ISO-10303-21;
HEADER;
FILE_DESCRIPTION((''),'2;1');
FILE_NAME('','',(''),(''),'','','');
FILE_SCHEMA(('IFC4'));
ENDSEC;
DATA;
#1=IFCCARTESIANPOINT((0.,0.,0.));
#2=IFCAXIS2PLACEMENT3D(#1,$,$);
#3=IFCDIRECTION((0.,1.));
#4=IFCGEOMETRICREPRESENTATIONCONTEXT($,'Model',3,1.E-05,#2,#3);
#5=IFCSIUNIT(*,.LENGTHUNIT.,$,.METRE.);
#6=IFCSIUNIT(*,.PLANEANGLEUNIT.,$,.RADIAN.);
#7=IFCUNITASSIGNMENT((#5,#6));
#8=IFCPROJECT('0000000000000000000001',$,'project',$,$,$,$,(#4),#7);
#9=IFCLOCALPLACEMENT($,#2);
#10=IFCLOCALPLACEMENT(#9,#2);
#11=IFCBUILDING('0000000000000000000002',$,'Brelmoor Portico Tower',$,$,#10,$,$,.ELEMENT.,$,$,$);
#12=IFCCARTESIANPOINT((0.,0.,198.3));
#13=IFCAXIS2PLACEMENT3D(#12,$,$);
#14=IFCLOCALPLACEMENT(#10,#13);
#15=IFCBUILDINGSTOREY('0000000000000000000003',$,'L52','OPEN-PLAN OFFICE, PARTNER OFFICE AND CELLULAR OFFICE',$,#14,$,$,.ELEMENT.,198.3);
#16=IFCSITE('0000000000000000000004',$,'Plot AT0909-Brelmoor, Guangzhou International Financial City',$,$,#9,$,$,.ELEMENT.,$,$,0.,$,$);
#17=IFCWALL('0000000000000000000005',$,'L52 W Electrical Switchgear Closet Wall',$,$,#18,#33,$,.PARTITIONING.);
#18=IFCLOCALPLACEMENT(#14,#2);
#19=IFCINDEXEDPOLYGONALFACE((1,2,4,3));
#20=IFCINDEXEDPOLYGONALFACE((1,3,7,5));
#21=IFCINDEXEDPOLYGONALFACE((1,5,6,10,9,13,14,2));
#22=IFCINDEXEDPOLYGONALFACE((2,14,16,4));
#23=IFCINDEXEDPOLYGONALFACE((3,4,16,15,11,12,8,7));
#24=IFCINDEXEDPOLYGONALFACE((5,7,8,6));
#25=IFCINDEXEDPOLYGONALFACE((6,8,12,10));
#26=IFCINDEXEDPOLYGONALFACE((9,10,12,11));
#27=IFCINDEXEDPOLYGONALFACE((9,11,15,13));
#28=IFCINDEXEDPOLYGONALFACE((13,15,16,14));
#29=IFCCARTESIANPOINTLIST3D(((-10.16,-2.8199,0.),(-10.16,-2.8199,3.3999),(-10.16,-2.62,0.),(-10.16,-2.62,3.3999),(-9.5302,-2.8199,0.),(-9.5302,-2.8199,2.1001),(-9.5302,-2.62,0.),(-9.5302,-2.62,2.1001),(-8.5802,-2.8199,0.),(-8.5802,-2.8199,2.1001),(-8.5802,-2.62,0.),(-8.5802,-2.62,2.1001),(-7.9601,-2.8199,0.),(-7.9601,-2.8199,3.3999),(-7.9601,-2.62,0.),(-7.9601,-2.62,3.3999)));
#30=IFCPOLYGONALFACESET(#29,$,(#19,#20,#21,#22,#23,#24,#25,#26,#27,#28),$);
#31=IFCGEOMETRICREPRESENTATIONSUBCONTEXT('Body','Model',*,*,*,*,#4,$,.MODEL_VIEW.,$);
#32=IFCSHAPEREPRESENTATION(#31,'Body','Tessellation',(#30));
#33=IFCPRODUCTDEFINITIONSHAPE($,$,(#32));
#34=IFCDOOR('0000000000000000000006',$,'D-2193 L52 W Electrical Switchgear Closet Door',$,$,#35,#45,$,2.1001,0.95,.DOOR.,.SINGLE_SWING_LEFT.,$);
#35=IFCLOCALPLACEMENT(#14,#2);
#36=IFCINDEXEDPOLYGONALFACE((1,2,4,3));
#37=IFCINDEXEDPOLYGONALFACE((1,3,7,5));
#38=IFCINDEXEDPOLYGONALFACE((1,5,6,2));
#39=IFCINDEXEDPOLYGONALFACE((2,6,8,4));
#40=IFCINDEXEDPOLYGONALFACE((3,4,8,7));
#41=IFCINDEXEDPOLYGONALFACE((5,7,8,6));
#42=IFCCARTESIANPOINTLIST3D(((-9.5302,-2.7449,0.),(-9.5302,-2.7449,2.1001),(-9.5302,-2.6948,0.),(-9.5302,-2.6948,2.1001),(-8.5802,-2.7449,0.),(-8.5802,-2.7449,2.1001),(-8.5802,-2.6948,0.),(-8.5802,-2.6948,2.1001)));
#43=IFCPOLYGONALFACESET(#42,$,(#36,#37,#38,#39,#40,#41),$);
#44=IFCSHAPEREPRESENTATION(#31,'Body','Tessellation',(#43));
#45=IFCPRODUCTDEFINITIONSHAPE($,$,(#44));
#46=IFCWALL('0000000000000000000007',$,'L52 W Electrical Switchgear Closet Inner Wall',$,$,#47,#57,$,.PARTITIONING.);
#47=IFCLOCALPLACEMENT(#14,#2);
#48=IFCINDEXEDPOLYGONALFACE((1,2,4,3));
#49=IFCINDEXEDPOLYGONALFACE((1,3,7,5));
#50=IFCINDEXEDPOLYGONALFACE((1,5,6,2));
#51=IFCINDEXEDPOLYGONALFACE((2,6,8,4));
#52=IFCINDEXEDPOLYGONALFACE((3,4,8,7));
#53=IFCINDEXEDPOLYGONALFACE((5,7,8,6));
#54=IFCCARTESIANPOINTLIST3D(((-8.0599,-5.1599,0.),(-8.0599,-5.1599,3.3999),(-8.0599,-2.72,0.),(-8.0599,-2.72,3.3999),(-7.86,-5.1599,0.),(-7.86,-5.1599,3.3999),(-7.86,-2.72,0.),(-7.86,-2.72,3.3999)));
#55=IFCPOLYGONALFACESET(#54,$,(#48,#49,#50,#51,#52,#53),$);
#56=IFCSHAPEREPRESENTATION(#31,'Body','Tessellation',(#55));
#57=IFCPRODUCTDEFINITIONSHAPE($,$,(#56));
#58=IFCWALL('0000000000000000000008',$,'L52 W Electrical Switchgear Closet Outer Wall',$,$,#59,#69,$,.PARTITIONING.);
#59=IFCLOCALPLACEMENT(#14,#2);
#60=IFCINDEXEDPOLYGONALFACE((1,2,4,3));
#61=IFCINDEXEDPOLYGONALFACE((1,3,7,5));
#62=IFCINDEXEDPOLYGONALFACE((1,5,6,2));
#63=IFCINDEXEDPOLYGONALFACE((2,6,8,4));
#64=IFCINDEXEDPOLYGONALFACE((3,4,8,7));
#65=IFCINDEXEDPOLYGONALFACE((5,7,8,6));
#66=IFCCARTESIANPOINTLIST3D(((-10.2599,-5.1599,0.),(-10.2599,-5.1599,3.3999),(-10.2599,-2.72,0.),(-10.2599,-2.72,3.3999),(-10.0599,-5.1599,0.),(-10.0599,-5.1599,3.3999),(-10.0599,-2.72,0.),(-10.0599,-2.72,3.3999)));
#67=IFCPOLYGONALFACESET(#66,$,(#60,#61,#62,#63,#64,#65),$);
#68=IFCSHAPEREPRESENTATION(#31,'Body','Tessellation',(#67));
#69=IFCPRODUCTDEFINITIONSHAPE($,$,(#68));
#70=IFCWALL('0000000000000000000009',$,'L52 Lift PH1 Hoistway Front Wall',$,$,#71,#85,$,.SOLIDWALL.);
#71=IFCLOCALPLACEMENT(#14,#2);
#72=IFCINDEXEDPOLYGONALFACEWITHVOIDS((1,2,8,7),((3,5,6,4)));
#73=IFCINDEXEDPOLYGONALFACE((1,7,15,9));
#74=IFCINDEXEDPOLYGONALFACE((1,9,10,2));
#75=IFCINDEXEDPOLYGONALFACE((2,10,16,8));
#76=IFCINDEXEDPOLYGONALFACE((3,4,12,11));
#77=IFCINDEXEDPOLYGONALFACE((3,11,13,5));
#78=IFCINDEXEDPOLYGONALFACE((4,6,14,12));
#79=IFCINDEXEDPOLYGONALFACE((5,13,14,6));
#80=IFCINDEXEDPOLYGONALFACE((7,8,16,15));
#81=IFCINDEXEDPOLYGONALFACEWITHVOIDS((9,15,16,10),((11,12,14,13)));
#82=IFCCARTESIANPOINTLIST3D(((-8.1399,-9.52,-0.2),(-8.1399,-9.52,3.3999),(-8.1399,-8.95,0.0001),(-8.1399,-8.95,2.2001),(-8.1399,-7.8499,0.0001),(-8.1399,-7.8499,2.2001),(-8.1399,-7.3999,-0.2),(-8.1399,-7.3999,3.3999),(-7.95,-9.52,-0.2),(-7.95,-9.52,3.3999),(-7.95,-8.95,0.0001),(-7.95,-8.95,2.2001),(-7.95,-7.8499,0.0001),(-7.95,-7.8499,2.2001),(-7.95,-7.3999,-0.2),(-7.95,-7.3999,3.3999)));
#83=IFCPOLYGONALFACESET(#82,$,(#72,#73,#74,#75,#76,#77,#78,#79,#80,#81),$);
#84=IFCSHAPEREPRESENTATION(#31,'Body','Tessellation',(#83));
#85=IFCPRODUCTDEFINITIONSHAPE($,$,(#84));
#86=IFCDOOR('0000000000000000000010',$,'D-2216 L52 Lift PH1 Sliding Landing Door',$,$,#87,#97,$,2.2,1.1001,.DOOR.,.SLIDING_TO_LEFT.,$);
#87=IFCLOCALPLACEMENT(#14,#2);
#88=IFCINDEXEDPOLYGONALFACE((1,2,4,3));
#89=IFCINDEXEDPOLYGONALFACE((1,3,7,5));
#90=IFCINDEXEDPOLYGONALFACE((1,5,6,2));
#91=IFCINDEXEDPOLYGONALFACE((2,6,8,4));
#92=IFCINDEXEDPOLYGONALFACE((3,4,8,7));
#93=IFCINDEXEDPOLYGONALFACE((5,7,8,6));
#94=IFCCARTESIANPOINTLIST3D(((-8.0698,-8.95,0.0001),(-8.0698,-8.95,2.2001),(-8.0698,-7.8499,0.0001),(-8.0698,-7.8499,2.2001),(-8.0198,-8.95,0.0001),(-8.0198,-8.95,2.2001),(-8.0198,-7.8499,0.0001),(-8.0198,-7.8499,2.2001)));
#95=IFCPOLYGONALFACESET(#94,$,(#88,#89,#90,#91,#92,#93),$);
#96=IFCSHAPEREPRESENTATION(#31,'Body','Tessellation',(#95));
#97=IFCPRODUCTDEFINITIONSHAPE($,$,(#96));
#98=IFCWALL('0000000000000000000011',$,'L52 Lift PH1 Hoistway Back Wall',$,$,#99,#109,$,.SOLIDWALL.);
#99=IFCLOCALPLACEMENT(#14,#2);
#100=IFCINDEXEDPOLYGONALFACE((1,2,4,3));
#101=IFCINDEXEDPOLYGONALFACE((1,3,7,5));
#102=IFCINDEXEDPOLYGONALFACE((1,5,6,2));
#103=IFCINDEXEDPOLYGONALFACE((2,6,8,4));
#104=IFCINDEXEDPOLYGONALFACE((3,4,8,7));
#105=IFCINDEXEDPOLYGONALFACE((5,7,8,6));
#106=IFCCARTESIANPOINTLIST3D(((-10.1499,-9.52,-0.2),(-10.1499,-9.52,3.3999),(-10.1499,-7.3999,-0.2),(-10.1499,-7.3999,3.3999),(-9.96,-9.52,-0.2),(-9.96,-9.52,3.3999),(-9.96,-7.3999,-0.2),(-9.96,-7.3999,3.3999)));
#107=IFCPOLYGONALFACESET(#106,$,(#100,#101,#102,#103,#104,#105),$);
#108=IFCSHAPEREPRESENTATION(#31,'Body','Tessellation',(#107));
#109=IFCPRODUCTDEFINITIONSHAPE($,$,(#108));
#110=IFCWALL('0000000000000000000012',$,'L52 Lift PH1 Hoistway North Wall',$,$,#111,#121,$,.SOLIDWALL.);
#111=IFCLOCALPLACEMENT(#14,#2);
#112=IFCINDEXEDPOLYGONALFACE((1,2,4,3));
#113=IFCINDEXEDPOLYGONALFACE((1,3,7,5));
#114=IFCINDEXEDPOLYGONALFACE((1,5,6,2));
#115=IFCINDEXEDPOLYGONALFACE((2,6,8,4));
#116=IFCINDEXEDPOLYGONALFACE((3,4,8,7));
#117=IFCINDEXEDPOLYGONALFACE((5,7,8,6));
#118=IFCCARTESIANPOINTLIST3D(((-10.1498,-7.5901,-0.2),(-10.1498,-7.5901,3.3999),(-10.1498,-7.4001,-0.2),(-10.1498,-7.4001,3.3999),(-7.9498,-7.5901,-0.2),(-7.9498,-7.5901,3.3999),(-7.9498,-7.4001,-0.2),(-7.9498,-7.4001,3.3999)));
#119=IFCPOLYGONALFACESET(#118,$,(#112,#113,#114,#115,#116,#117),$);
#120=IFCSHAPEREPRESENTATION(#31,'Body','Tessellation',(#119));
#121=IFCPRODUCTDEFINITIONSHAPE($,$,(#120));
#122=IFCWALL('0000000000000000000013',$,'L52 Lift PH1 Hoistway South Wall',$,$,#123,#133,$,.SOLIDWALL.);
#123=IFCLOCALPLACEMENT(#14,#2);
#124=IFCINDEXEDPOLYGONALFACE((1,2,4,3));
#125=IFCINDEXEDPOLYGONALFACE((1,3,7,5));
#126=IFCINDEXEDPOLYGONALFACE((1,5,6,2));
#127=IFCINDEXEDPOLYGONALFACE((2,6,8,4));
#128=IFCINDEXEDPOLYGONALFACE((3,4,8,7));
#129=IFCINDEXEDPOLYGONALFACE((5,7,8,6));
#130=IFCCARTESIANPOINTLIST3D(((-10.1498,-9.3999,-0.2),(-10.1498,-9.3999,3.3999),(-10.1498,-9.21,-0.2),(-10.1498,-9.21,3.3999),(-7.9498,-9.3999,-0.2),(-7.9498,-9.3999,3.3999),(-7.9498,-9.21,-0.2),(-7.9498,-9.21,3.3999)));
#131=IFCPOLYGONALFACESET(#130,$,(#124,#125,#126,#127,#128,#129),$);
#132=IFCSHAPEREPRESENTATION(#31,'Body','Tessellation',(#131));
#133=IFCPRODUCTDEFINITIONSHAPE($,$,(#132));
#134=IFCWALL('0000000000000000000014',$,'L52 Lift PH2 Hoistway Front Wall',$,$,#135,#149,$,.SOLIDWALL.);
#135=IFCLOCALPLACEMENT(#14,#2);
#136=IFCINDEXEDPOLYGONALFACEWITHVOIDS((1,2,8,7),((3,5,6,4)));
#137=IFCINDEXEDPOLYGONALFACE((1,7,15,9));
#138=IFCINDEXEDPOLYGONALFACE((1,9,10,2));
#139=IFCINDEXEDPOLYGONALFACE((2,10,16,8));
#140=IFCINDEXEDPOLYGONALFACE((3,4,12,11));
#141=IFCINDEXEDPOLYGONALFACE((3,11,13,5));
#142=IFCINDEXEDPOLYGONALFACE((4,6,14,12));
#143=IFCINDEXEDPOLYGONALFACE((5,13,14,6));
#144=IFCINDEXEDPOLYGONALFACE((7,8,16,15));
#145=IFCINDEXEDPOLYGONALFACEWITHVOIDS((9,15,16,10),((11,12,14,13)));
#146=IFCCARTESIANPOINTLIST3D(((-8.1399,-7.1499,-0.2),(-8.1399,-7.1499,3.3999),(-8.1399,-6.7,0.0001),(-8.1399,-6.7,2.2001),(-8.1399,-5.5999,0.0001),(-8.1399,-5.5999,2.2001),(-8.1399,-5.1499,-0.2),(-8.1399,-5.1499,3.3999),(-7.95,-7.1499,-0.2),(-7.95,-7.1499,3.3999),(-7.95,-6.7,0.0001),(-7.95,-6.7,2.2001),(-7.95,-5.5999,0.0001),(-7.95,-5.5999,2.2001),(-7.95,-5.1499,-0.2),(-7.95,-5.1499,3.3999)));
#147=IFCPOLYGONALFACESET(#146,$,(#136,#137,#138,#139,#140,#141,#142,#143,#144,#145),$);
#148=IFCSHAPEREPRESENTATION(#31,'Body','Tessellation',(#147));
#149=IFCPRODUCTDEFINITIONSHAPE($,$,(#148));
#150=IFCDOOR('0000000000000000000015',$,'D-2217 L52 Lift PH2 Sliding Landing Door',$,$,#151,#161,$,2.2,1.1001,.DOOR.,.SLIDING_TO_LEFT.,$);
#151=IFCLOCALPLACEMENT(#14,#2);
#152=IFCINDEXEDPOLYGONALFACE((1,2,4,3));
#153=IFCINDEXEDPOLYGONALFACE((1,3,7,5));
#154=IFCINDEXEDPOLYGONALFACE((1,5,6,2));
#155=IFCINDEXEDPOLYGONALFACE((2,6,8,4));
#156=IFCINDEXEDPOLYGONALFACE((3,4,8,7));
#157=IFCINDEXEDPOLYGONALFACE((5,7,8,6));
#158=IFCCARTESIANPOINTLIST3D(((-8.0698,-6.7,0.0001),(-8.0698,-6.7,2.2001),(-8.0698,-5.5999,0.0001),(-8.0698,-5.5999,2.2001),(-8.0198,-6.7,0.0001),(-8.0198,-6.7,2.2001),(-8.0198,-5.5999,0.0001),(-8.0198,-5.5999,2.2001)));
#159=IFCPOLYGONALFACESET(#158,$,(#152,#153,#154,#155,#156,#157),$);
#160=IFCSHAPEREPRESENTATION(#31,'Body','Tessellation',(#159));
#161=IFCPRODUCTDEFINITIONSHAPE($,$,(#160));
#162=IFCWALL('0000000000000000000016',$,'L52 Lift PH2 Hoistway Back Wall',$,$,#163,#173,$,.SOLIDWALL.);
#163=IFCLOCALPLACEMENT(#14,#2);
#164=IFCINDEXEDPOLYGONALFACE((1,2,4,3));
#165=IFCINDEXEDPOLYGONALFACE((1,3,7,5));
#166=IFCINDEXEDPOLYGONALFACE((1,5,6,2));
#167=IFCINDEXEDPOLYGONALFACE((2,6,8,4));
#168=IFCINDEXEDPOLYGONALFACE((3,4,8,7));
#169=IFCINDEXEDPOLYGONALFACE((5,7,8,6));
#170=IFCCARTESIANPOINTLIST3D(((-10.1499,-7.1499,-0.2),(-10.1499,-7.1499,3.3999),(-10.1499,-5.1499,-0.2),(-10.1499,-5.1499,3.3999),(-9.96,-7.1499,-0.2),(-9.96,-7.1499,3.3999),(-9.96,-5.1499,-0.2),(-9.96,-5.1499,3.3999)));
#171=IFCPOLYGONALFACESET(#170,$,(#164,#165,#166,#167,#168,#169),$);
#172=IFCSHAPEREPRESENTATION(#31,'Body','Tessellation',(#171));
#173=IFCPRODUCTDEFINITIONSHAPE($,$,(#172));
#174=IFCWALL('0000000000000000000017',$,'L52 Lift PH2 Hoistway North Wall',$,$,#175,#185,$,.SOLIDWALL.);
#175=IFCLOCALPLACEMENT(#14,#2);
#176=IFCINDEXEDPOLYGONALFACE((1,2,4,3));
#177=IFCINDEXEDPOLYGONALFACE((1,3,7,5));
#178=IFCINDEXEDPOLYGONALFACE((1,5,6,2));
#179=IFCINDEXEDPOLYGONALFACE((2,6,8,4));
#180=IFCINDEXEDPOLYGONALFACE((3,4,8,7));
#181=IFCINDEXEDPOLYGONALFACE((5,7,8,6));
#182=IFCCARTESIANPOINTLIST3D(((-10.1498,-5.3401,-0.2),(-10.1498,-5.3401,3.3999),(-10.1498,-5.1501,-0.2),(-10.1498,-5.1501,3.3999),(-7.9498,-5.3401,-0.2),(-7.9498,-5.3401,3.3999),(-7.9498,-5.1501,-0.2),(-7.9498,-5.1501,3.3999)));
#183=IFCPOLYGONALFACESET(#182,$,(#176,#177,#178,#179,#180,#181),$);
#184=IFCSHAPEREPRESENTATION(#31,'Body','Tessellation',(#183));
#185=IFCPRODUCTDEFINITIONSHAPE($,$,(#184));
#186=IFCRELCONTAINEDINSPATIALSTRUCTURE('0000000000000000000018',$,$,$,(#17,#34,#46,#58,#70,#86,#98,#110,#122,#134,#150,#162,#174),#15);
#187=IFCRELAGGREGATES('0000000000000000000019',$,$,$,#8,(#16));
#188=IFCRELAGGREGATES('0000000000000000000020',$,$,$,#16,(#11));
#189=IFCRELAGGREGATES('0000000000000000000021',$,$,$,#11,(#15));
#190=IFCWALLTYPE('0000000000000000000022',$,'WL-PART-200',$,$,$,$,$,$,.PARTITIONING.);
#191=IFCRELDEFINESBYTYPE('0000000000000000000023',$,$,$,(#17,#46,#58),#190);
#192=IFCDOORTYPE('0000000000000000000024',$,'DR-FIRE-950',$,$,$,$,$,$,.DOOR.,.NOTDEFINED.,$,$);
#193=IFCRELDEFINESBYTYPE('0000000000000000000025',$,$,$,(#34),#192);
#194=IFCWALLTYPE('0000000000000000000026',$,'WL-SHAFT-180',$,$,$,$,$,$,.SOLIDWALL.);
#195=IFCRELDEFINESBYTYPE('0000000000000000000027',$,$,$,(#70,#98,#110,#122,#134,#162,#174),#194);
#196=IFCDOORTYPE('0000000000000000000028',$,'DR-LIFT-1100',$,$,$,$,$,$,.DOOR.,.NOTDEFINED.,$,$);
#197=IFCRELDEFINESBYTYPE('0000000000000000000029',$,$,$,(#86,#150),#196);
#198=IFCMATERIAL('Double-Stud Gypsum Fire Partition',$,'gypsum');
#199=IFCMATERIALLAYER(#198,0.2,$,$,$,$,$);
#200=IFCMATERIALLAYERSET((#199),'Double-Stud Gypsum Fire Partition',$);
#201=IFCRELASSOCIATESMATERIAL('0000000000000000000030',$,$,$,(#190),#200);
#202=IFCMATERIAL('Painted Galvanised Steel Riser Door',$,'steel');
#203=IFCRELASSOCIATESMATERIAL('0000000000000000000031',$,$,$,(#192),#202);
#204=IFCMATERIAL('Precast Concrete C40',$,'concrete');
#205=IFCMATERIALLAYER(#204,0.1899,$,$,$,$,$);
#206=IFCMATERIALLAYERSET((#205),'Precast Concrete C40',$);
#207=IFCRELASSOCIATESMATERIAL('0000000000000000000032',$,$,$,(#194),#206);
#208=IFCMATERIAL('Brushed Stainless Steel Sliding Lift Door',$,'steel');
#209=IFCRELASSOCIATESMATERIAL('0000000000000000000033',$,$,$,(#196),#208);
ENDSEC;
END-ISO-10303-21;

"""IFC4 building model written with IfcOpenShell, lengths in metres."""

from ifc_helpers import new_model, si_unit, direction, frame, frame_2d, origin, place, context, subcontext, project, spatial, rectangle, extrude, material, layer, layer_set, type_object, element, fill, save


model = new_model("IFC4")

# Units and contexts
model_context = context("Model", 3, precision=1e-05, world=origin(), true_north=direction((0.0, 1.0)))
body_context = subcontext(model_context, "Body", "Model", "MODEL_VIEW")
ifc_project = project(units=[si_unit("LENGTHUNIT", "METRE"), si_unit("PLANEANGLEUNIT", "RADIAN")], contexts=[model_context])

# Site, building, storey
site_placement = place(None, origin())
site = spatial("IfcSite", under=ifc_project, at=site_placement, Name="Plot AT0909-Brelmoor, Guangzhou International Financial City", CompositionType="ELEMENT", RefElevation=0.0)
building_placement = place(site_placement, origin())
building = spatial("IfcBuilding", under=site, at=building_placement, Name="Brelmoor Portico Tower", CompositionType="ELEMENT")
storey_placement = place(building_placement, frame((0.0, 0.0, 198.3)))
storey = spatial("IfcBuildingStorey", under=building, at=storey_placement, Name="L52", Description="OPEN-PLAN OFFICE, PARTNER OFFICE AND CELLULAR OFFICE", CompositionType="ELEMENT", Elevation=198.3)

# Shared definitions
ifc_material_1 = material(Name="Double-Stud Gypsum Fire Partition", Category="gypsum")
ifc_layer_1 = layer(ifc_material_1, 0.2)
ifc_layer_set_1 = layer_set([ifc_layer_1], Name="Double-Stud Gypsum Fire Partition")
wall_type_1 = type_object("IfcWallType", Name="WL-PART-200", PredefinedType="PARTITIONING", material=ifc_layer_set_1)

# Wall, opening, door
wall_1_placement = place(storey_placement, frame((-7.96, -2.72, 0.0), z_axis=(0.0, 0.0, 1.0), x_axis=(-1.0, 0.0, 0.0)))
wall_1 = element("IfcWall", 1, at=wall_1_placement, inside=storey, type_object=wall_type_1, Name="L52 W Electrical Switchgear Closet Wall", PredefinedType="PARTITIONING", context=body_context, shape_type="SweptSolid", body=[
    extrude(rectangle(XDim=2.2, YDim=0.2, at=frame_2d((1.1001, 0.0))), origin(), (0.0, 0.0, 1.0), 3.3999),
])
opening_1_placement = place(wall_1_placement, frame((0.6201, 0.0, 0.0)))
opening_1 = element("IfcOpeningElement", 2, at=opening_1_placement, cuts=wall_1, PredefinedType="OPENING", context=body_context, shape_type="SweptSolid", body=[
    extrude(rectangle(XDim=0.95, YDim=2.1001, at=frame_2d((0.4751, 1.05))), frame((0.0, 0.1099, 0.0), z_axis=(0.0, -1.0, 0.0), x_axis=(1.0, 0.0, 0.0)), (0.0, 0.0, 1.0), 0.22),
])
ifc_material_2 = material(Name="Painted Galvanised Steel Riser Door", Category="steel")
door_type_1 = type_object("IfcDoorType", Name="DR-FIRE-950", OperationType="NOTDEFINED", PredefinedType="DOOR", material=ifc_material_2)
door_1_placement = place(opening_1_placement, origin())
door_1 = element("IfcDoor", 3, at=door_1_placement, inside=storey, type_object=door_type_1, Name="D-2193 L52 W Electrical Switchgear Closet Door", OperationType="SINGLE_SWING_LEFT", OverallHeight=2.1001, OverallWidth=0.95, PredefinedType="DOOR", context=body_context, shape_type="SweptSolid", body=[
    extrude(rectangle(XDim=0.95, YDim=2.1001, at=frame_2d((0.4751, 1.05))), frame((0.0, 0.0249, 0.0), z_axis=(0.0, -1.0, 0.0), x_axis=(1.0, 0.0, 0.0)), (0.0, 0.0, 1.0), 0.05),
])
fill(opening_1, door_1)

# Walls
for number, where, z_axis, x_axis, name in (
    (4, (-7.96, -5.1599, 0.0), (0.0, 0.0, 1.0), (0.0, 1.0, 0.0), "L52 W Electrical Switchgear Closet Inner Wall"),
    (5, (-10.1599, -5.1599, 0.0), (0.0, 0.0, 1.0), (0.0, 1.0, 0.0), "L52 W Electrical Switchgear Closet Outer Wall"),
):
    element("IfcWall", number, at=place(storey_placement, frame(where, z_axis=z_axis, x_axis=x_axis)), inside=storey, type_object=wall_type_1, Name=name, PredefinedType="PARTITIONING", context=body_context, shape_type="SweptSolid", body=[
        extrude(rectangle(XDim=2.4399, YDim=0.2, at=frame_2d((1.22, 0.0))), origin(), (0.0, 0.0, 1.0), 3.3999),
    ])

# Wall, opening, door
ifc_material_3 = material(Name="Precast Concrete C40", Category="concrete")
ifc_layer_2 = layer(ifc_material_3, 0.1899)
ifc_layer_set_2 = layer_set([ifc_layer_2], Name="Precast Concrete C40")
wall_type_2 = type_object("IfcWallType", Name="WL-SHAFT-180", PredefinedType="SOLIDWALL", material=ifc_layer_set_2)
wall_2_placement = place(storey_placement, frame((-8.0449, -9.52, -0.2), z_axis=(0.0, 0.0, 1.0), x_axis=(0.0, 1.0, 0.0)))
wall_2 = element("IfcWall", 6, at=wall_2_placement, inside=storey, type_object=wall_type_2, Name="L52 Lift PH1 Hoistway Front Wall", PredefinedType="SOLIDWALL", context=body_context, shape_type="SweptSolid", body=[
    extrude(rectangle(XDim=2.1201, YDim=0.1899, at=frame_2d((1.0601, 0.0))), origin(), (0.0, 0.0, 1.0), 3.5999),
])
opening_2_placement = place(wall_2_placement, frame((0.5701, 0.0, 0.2)))
opening_2 = element("IfcOpeningElement", 7, at=opening_2_placement, cuts=wall_2, PredefinedType="OPENING", context=body_context, shape_type="SweptSolid", body=[
    extrude(rectangle(XDim=1.1001, YDim=2.2, at=frame_2d((0.55, 1.1001))), frame((0.0, 0.105, 0.0), z_axis=(0.0, -1.0, 0.0), x_axis=(1.0, 0.0, 0.0)), (0.0, 0.0, 1.0), 0.21),
])
ifc_material_4 = material(Name="Brushed Stainless Steel Sliding Lift Door", Category="steel")
door_type_2 = type_object("IfcDoorType", Name="DR-LIFT-1100", OperationType="NOTDEFINED", PredefinedType="DOOR", material=ifc_material_4)
door_2_placement = place(opening_2_placement, origin())
door_2 = element("IfcDoor", 8, at=door_2_placement, inside=storey, type_object=door_type_2, Name="D-2216 L52 Lift PH1 Sliding Landing Door", OperationType="SLIDING_TO_LEFT", OverallHeight=2.2, OverallWidth=1.1001, PredefinedType="DOOR", context=body_context, shape_type="SweptSolid", body=[
    extrude(rectangle(XDim=1.1001, YDim=2.2, at=frame_2d((0.55, 1.1001))), frame((0.0, 0.0249, 0.0), z_axis=(0.0, -1.0, 0.0), x_axis=(1.0, 0.0, 0.0)), (0.0, 0.0, 1.0), 0.05),
])
fill(opening_2, door_2)

# Walls
wall_3_placement = place(storey_placement, frame((-10.0549, -9.52, -0.2), z_axis=(0.0, 0.0, 1.0), x_axis=(0.0, 1.0, 0.0)))
element("IfcWall", 9, at=wall_3_placement, inside=storey, type_object=wall_type_2, Name="L52 Lift PH1 Hoistway Back Wall", PredefinedType="SOLIDWALL", context=body_context, shape_type="SweptSolid", body=[
    extrude(rectangle(XDim=2.1201, YDim=0.1899, at=frame_2d((1.0601, 0.0))), origin(), (0.0, 0.0, 1.0), 3.5999),
])
for number, where, z_axis, x_axis, name in (
    (10, (-10.1499, -7.4951, -0.2), (0.0, 0.0, 1.0), (1.0, 0.0, 0.0), "L52 Lift PH1 Hoistway North Wall"),
    (11, (-10.1499, -9.3049, -0.2), (0.0, 0.0, 1.0), (1.0, 0.0, 0.0), "L52 Lift PH1 Hoistway South Wall"),
):
    element("IfcWall", number, at=place(storey_placement, frame(where, z_axis=z_axis, x_axis=x_axis)), inside=storey, type_object=wall_type_2, Name=name, PredefinedType="SOLIDWALL", context=body_context, shape_type="SweptSolid", body=[
        extrude(rectangle(XDim=2.2, YDim=0.1899, at=frame_2d((1.1001, 0.0))), origin(), (0.0, 0.0, 1.0), 3.5999),
    ])

# Wall, opening, door
wall_4_placement = place(storey_placement, frame((-8.0449, -7.1499, -0.2), z_axis=(0.0, 0.0, 1.0), x_axis=(0.0, 1.0, 0.0)))
wall_4 = element("IfcWall", 12, at=wall_4_placement, inside=storey, type_object=wall_type_2, Name="L52 Lift PH2 Hoistway Front Wall", PredefinedType="SOLIDWALL", context=body_context, shape_type="SweptSolid", body=[
    extrude(rectangle(XDim=2.0, YDim=0.1899, at=frame_2d((1.0, 0.0))), origin(), (0.0, 0.0, 1.0), 3.5999),
])
opening_3_placement = place(wall_4_placement, frame((0.45, 0.0, 0.2)))
opening_3 = element("IfcOpeningElement", 13, at=opening_3_placement, cuts=wall_4, PredefinedType="OPENING", context=body_context, shape_type="SweptSolid", body=[
    extrude(rectangle(XDim=1.1001, YDim=2.2, at=frame_2d((0.55, 1.1001))), frame((0.0, 0.105, 0.0), z_axis=(0.0, -1.0, 0.0), x_axis=(1.0, 0.0, 0.0)), (0.0, 0.0, 1.0), 0.21),
])
door_3_placement = place(opening_3_placement, origin())
door_3 = element("IfcDoor", 14, at=door_3_placement, inside=storey, type_object=door_type_2, Name="D-2217 L52 Lift PH2 Sliding Landing Door", OperationType="SLIDING_TO_LEFT", OverallHeight=2.2, OverallWidth=1.1001, PredefinedType="DOOR", context=body_context, shape_type="SweptSolid", body=[
    extrude(rectangle(XDim=1.1001, YDim=2.2, at=frame_2d((0.55, 1.1001))), frame((0.0, 0.0249, 0.0), z_axis=(0.0, -1.0, 0.0), x_axis=(1.0, 0.0, 0.0)), (0.0, 0.0, 1.0), 0.05),
])
fill(opening_3, door_3)

# Walls
wall_5_placement = place(storey_placement, frame((-10.0549, -7.1499, -0.2), z_axis=(0.0, 0.0, 1.0), x_axis=(0.0, 1.0, 0.0)))
element("IfcWall", 15, at=wall_5_placement, inside=storey, type_object=wall_type_2, Name="L52 Lift PH2 Hoistway Back Wall", PredefinedType="SOLIDWALL", context=body_context, shape_type="SweptSolid", body=[
    extrude(rectangle(XDim=2.0, YDim=0.1899, at=frame_2d((1.0, 0.0))), origin(), (0.0, 0.0, 1.0), 3.5999),
])
for number, where, z_axis, x_axis, name in (
    (16, (-10.1499, -5.2451, -0.2), (0.0, 0.0, 1.0), (1.0, 0.0, 0.0), "L52 Lift PH2 Hoistway North Wall"),
):
    element("IfcWall", number, at=place(storey_placement, frame(where, z_axis=z_axis, x_axis=x_axis)), inside=storey, type_object=wall_type_2, Name=name, PredefinedType="SOLIDWALL", context=body_context, shape_type="SweptSolid", body=[
        extrude(rectangle(XDim=2.2, YDim=0.1899, at=frame_2d((1.1001, 0.0))), origin(), (0.0, 0.0, 1.0), 3.5999),
    ])

save(model, "model.ifc")
